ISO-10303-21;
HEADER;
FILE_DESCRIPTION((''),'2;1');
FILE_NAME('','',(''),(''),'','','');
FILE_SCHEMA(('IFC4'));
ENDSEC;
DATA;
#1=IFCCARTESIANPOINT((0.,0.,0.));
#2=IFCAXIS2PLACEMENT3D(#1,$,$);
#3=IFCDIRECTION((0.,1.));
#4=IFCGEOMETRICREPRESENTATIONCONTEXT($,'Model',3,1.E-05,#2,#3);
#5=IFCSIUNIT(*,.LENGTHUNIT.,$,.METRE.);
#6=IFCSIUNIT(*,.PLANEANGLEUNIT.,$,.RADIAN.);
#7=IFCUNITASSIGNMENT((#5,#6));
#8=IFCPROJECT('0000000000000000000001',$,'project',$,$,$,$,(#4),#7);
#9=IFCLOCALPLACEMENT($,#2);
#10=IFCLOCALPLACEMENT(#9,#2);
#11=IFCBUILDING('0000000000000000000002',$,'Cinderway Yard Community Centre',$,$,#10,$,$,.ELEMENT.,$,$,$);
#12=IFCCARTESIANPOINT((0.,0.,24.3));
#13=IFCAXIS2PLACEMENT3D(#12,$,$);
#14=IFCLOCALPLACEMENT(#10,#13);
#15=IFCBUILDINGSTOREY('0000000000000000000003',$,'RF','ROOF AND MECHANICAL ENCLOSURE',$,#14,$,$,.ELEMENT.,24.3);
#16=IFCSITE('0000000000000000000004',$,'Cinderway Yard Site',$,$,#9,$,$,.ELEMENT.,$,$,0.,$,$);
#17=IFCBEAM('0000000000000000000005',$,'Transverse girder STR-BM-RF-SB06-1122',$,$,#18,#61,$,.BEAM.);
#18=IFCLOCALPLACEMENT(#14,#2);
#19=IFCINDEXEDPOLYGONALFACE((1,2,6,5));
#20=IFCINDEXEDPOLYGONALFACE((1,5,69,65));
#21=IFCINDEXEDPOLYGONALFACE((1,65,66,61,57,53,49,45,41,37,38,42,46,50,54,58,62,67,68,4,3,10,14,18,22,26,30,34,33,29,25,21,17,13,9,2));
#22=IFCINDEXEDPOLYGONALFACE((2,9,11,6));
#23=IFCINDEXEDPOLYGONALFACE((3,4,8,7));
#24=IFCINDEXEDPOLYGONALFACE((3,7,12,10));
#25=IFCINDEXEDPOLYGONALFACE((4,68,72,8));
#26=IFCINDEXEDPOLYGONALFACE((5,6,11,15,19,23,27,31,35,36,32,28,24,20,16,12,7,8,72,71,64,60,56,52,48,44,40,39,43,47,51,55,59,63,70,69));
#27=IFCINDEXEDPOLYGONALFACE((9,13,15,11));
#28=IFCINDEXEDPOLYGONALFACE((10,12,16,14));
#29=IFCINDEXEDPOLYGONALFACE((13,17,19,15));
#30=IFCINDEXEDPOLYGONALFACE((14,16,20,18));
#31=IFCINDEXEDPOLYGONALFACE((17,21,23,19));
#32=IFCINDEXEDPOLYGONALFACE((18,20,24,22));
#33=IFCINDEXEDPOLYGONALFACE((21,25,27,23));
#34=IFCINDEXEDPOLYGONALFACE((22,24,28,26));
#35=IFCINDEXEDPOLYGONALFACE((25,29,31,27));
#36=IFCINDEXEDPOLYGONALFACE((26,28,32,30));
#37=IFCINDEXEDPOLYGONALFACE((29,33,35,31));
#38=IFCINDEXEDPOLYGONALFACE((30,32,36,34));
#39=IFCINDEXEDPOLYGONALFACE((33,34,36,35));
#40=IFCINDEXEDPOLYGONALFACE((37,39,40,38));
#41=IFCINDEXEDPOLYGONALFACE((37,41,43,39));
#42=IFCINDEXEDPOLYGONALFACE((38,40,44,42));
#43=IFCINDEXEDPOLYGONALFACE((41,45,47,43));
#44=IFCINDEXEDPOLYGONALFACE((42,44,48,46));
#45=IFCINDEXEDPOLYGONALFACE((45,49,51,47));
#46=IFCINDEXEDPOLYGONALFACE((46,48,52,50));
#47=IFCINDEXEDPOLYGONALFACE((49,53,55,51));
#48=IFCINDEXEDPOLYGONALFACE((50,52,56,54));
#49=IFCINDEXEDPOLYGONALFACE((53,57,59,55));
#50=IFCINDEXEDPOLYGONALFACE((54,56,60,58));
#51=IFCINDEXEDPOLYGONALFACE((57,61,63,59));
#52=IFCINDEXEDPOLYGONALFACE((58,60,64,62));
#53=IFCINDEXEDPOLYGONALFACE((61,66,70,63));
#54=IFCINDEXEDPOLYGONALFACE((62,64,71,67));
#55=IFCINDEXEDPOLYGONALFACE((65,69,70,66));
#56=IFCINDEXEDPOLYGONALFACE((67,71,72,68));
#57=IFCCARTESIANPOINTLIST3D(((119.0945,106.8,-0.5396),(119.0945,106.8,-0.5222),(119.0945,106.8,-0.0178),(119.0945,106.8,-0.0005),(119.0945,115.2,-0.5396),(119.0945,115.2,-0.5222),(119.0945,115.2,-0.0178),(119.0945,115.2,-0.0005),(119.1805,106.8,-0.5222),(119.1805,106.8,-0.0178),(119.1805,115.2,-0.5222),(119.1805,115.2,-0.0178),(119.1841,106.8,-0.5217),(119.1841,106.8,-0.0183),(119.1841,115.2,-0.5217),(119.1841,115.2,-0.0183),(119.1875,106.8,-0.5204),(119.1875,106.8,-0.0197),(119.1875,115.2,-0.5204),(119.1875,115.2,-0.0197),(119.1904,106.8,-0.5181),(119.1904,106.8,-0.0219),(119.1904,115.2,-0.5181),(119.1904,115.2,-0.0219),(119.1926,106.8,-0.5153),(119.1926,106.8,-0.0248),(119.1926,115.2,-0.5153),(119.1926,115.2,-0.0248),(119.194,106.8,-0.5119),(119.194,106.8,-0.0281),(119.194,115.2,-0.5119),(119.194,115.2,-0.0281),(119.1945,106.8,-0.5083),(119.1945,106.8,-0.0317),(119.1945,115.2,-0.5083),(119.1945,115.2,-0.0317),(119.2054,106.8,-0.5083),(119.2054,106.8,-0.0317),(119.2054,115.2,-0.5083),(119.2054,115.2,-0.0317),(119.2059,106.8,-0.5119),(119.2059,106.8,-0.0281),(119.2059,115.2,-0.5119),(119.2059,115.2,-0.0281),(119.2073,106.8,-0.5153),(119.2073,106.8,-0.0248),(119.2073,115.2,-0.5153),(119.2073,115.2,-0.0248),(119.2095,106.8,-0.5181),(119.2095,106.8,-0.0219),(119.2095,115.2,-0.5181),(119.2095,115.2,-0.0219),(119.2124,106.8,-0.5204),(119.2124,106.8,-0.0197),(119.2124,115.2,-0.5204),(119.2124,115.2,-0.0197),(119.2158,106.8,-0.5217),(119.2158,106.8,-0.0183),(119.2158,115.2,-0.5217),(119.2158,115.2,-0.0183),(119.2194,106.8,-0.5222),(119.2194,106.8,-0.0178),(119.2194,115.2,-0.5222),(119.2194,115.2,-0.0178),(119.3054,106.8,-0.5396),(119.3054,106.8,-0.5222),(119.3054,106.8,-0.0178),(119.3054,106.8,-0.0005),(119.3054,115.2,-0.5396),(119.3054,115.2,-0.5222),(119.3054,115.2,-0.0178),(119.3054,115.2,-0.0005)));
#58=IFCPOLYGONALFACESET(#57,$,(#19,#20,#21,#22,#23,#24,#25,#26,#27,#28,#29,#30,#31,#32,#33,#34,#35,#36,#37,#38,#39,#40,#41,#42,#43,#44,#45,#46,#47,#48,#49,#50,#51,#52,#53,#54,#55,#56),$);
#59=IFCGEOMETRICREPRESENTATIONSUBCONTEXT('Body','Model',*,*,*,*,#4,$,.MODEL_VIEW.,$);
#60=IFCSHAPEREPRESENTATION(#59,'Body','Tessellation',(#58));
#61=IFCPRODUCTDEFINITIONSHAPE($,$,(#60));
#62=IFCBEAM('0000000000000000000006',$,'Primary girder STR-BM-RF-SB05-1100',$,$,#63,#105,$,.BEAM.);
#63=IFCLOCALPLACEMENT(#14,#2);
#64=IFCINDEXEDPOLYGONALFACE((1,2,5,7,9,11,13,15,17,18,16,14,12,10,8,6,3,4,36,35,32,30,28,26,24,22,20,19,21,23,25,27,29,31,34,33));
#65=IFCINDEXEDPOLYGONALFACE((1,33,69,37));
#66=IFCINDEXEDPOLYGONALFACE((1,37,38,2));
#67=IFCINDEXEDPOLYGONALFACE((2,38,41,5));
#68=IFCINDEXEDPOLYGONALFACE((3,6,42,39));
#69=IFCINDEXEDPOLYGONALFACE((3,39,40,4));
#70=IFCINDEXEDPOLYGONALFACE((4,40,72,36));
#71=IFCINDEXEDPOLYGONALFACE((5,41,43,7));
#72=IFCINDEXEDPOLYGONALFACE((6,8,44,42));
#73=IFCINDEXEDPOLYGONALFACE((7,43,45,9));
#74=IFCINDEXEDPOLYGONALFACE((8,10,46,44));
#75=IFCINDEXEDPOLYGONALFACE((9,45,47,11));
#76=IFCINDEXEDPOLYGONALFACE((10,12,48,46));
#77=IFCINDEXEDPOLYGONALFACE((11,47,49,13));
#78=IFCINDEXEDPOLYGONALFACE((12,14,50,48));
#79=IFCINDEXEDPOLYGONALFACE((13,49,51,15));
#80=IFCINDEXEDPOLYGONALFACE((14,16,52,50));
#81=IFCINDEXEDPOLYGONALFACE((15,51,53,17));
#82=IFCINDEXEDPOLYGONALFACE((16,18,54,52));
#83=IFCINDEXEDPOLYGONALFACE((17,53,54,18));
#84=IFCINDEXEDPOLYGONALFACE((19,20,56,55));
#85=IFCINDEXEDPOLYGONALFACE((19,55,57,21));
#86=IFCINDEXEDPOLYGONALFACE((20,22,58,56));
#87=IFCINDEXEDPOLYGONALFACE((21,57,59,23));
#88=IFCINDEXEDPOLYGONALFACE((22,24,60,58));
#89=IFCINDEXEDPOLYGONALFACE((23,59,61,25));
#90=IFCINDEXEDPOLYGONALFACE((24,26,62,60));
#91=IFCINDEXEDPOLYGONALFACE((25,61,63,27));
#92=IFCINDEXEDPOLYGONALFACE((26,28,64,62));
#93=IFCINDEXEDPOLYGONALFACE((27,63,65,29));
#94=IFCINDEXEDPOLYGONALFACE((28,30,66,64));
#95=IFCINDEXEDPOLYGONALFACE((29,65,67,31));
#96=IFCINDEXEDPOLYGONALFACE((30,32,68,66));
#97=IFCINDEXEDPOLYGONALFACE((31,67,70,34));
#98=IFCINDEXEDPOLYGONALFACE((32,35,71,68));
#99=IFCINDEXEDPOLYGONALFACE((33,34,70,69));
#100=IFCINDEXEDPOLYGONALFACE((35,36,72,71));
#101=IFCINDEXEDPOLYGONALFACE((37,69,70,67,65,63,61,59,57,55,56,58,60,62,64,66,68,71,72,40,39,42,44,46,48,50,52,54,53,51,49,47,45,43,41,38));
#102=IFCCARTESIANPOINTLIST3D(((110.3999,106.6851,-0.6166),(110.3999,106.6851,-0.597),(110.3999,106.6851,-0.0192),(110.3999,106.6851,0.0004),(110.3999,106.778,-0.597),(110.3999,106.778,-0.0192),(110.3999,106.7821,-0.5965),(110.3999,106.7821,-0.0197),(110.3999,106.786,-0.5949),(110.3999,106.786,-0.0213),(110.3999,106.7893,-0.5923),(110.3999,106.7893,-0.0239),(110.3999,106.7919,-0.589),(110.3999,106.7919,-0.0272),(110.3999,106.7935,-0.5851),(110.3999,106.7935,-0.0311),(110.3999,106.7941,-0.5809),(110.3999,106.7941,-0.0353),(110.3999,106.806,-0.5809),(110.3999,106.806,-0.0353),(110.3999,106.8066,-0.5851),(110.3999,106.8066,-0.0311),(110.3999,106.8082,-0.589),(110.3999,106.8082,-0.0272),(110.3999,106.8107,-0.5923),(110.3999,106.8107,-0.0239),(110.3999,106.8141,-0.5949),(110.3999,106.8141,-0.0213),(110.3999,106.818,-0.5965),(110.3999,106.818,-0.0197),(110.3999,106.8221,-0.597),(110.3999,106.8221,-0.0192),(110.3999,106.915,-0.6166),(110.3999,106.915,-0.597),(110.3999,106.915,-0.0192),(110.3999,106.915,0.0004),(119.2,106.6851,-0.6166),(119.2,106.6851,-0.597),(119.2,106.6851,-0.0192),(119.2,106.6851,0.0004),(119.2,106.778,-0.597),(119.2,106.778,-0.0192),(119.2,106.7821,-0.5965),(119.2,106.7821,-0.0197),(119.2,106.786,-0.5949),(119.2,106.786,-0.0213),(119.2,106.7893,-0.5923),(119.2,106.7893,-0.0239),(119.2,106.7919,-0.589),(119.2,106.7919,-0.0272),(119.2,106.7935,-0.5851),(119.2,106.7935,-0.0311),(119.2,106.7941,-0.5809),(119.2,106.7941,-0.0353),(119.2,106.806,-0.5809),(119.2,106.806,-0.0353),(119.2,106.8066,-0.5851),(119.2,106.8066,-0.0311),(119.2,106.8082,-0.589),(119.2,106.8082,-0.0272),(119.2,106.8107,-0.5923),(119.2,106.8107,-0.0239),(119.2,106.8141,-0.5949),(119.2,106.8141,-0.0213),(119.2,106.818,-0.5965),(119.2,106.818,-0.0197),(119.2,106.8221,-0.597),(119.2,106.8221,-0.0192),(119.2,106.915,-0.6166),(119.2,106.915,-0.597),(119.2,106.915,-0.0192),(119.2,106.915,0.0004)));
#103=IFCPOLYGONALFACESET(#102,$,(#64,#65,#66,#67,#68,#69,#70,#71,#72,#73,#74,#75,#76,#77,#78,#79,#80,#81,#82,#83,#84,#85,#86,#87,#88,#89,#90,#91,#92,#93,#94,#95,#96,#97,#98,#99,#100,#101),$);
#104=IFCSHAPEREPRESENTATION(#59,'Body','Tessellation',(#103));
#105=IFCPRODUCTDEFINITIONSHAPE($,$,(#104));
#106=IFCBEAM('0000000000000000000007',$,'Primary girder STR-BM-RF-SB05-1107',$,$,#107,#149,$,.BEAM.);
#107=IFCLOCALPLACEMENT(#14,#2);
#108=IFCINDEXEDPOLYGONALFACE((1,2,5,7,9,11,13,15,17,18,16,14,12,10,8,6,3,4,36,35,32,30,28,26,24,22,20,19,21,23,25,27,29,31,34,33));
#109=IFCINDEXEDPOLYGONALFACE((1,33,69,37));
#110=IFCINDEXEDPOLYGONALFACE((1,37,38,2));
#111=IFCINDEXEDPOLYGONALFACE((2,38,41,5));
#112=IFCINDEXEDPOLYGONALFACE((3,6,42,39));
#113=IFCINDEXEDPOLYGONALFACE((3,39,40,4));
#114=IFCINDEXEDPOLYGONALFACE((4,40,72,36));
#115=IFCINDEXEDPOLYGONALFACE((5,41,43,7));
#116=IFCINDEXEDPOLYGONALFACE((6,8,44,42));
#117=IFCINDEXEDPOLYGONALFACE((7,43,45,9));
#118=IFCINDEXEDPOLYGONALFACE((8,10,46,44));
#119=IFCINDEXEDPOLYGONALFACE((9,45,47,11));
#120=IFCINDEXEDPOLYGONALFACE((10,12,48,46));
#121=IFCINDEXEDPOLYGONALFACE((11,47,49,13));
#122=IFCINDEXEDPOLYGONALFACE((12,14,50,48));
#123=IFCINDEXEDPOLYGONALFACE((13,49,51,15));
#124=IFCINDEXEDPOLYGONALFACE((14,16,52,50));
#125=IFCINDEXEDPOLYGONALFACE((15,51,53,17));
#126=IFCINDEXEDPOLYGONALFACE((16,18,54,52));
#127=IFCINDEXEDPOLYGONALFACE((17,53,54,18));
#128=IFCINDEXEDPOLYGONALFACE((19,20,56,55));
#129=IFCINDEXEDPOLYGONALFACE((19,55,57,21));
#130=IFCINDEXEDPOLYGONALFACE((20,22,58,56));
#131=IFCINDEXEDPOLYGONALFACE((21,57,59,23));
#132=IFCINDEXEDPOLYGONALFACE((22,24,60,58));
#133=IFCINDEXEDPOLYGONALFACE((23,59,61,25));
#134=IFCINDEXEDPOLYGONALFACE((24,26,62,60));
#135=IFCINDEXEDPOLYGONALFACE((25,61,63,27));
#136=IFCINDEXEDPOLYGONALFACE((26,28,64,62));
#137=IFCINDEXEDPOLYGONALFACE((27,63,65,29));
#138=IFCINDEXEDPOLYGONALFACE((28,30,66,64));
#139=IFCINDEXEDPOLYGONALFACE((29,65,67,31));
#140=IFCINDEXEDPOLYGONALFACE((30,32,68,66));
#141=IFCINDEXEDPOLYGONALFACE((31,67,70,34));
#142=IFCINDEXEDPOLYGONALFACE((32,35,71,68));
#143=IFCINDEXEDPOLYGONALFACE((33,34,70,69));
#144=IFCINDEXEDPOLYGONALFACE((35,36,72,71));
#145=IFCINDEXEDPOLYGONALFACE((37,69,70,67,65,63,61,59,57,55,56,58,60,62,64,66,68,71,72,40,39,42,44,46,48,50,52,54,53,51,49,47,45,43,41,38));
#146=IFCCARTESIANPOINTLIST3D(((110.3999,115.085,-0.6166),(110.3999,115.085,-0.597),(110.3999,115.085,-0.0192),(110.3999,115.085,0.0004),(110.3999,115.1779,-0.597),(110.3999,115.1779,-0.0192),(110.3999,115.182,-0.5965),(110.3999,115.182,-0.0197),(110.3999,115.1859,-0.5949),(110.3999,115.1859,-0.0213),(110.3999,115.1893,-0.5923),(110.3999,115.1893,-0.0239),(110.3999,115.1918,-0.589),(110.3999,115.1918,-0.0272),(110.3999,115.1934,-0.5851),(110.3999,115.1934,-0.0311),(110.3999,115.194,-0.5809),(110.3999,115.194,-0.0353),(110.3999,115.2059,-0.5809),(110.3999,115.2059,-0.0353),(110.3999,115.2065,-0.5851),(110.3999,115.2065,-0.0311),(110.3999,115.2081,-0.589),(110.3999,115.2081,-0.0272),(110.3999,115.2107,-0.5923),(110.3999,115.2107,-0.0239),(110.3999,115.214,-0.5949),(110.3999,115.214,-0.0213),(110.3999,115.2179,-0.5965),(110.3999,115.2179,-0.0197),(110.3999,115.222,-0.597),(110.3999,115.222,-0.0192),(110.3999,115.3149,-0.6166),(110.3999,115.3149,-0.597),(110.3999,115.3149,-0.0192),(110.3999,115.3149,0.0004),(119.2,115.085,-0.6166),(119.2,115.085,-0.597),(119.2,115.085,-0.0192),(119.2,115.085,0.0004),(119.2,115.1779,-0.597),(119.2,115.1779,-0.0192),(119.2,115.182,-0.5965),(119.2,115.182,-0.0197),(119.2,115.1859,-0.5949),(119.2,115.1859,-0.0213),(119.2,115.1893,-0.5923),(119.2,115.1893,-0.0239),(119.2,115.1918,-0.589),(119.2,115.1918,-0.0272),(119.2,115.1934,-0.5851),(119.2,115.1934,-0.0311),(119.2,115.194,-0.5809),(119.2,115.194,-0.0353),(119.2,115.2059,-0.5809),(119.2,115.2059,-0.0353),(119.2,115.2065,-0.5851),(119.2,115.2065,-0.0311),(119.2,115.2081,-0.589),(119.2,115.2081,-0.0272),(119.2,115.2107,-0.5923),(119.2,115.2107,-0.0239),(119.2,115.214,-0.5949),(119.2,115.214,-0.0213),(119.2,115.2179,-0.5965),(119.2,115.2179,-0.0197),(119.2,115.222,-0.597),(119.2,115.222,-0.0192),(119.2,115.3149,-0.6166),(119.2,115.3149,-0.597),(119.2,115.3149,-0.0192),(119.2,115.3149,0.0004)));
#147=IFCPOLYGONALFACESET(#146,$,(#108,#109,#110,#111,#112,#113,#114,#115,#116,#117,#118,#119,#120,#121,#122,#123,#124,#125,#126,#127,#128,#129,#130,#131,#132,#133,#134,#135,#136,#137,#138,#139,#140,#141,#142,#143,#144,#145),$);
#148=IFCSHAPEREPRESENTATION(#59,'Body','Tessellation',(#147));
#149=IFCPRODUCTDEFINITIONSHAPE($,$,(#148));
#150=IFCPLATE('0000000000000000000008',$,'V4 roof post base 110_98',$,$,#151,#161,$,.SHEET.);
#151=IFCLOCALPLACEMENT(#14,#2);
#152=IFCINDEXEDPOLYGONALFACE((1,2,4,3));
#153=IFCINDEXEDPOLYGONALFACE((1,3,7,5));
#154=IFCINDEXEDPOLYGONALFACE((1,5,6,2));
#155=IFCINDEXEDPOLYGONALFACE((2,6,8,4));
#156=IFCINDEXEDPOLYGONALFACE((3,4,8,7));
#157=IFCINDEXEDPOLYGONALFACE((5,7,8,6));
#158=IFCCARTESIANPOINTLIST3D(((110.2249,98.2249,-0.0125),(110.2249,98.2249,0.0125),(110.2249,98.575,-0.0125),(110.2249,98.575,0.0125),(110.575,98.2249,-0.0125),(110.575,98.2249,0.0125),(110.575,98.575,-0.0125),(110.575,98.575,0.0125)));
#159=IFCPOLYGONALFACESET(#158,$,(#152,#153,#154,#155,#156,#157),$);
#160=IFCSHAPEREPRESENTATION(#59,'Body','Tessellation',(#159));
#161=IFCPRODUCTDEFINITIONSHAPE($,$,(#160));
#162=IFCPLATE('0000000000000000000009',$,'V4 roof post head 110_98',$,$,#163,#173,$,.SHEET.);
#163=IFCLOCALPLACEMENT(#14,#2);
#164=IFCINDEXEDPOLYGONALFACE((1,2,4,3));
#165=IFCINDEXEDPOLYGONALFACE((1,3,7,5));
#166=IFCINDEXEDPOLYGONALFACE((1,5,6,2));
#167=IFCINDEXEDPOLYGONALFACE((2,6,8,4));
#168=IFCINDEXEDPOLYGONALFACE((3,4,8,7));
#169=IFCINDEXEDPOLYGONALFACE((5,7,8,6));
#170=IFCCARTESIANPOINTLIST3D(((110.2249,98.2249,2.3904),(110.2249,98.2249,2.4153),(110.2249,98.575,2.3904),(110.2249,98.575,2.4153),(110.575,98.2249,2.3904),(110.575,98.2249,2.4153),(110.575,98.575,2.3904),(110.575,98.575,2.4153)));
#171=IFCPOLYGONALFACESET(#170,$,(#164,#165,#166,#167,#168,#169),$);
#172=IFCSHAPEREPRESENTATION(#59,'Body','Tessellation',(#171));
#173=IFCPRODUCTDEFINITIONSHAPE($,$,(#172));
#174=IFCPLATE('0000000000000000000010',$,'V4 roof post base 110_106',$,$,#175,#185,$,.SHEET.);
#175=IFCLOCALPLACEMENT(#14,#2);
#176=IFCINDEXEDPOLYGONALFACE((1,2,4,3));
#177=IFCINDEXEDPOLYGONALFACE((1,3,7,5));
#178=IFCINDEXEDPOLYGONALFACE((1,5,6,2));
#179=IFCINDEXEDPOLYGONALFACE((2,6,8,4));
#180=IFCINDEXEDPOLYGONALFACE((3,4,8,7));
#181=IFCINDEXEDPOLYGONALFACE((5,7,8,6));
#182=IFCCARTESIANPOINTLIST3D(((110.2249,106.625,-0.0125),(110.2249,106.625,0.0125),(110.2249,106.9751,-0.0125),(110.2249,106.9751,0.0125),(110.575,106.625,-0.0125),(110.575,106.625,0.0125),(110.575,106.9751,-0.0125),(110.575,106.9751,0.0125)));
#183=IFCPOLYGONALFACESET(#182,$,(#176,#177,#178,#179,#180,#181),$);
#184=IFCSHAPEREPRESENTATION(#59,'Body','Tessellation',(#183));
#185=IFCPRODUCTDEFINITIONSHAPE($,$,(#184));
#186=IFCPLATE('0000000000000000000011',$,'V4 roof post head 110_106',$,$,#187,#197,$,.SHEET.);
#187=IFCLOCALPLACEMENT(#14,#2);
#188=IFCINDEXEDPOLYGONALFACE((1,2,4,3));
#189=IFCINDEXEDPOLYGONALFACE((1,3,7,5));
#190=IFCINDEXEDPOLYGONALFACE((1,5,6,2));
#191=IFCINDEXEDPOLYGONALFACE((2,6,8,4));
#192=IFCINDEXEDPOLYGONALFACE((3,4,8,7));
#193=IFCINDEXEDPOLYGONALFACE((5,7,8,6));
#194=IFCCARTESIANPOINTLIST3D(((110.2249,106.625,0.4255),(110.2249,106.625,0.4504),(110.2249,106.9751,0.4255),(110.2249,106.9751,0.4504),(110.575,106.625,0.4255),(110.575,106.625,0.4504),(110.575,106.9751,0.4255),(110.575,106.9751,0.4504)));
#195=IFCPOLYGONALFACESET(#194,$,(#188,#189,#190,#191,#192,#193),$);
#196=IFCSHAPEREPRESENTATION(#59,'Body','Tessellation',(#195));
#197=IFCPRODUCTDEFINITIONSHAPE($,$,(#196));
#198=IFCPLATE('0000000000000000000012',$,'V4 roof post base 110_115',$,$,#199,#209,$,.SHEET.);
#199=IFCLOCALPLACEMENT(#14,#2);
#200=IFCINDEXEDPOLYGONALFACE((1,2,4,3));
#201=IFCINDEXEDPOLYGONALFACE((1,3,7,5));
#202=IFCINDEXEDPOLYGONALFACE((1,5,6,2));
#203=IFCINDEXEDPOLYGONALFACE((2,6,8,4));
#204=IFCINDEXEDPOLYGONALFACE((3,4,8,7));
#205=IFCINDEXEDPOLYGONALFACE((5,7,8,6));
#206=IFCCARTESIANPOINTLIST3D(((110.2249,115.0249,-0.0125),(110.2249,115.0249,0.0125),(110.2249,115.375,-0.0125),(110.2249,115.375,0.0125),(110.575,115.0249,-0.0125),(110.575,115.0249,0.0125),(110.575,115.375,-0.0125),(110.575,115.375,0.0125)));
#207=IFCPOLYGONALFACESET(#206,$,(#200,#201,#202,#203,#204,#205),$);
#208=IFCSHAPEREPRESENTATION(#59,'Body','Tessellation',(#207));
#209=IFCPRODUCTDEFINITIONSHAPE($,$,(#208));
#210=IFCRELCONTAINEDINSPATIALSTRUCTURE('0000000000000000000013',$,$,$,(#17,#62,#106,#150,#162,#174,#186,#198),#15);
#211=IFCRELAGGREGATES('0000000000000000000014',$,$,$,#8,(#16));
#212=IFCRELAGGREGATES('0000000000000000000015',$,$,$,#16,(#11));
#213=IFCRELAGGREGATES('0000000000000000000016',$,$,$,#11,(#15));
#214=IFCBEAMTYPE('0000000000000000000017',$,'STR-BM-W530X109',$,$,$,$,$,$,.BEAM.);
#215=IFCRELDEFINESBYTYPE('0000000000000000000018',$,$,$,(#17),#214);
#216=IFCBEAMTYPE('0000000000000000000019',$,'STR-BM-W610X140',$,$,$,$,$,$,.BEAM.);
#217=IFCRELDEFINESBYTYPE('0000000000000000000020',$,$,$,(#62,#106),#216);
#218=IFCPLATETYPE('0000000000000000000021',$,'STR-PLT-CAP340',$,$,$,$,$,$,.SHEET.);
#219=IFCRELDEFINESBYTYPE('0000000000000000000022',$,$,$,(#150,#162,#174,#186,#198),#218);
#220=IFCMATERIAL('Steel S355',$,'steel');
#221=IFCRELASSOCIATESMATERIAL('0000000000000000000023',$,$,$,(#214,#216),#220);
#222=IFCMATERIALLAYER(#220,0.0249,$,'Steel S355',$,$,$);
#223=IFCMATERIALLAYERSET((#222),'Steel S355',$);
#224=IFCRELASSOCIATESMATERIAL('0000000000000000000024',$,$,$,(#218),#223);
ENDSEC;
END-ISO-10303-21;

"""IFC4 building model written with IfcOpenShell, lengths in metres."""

from ifc_helpers import new_model, si_unit, direction, frame, origin, origin_2d, place, context, subcontext, project, spatial, rectangle, i_section, extrude, material, layer, layer_set, material_profile, profile_set, type_object, element, save


model = new_model("IFC4")

# Units and contexts
model_context = context("Model", 3, precision=1e-05, world=origin(), true_north=direction((0.0, 1.0)))
body_context = subcontext(model_context, "Body", "Model", "MODEL_VIEW")
ifc_project = project(units=[si_unit("LENGTHUNIT", "METRE"), si_unit("PLANEANGLEUNIT", "RADIAN")], contexts=[model_context])

# Site, building, storey
site_placement = place(None, origin())
site = spatial("IfcSite", under=ifc_project, at=site_placement, Name="Cinderway Yard Site", CompositionType="ELEMENT", RefElevation=0.0)
building_placement = place(site_placement, origin())
building = spatial("IfcBuilding", under=site, at=building_placement, Name="Cinderway Yard Community Centre", CompositionType="ELEMENT")
storey_placement = place(building_placement, frame((0.0, 0.0, 24.3)))
storey = spatial("IfcBuildingStorey", under=building, at=storey_placement, Name="RF", Description="ROOF AND MECHANICAL ENCLOSURE", CompositionType="ELEMENT", Elevation=24.3)

# Shared definitions
ifc_material = material(Name="Steel S355", Category="steel")

# Beams
ifc_material_profile_1 = material_profile(ifc_material, i_section(OverallWidth=0.2109, OverallDepth=0.5391, WebThickness=0.011, FlangeThickness=0.0173, FilletRadius=0.0139, at=origin_2d()), Name="Steel S355")
ifc_profile_set_1 = profile_set([ifc_material_profile_1], Name="Steel S355")
beam_type_1 = type_object("IfcBeamType", Name="STR-BM-W530X109", PredefinedType="BEAM", material=ifc_profile_set_1)
beam_1_placement = place(storey_placement, frame((119.2, 106.8, -0.27), z_axis=(0.0, 1.0, 0.0), x_axis=(-1.0, 0.0, 0.0)))
element("IfcBeam", 1, at=beam_1_placement, inside=storey, type_object=beam_type_1, Name="Transverse girder STR-BM-RF-SB06-1122", PredefinedType="BEAM", context=body_context, shape_type="SweptSolid", body=[
    extrude(i_section(OverallWidth=0.2109, OverallDepth=0.5391, WebThickness=0.011, FlangeThickness=0.0173, FilletRadius=0.0139, at=origin_2d()), origin(), (0.0, 0.0, 1.0), 8.3999),
])
ifc_material_profile_2 = material_profile(ifc_material, i_section(OverallWidth=0.23, OverallDepth=0.6169, WebThickness=0.012, FlangeThickness=0.0195, FilletRadius=0.0161, at=origin_2d()), Name="Steel S355")
ifc_profile_set_2 = profile_set([ifc_material_profile_2], Name="Steel S355")
beam_type_2 = type_object("IfcBeamType", Name="STR-BM-W610X140", PredefinedType="BEAM", material=ifc_profile_set_2)
for number, where, z_axis, x_axis, name in (
    (2, (110.3999, 106.8, -0.3081), (1.0, 0.0, 0.0), (0.0, 1.0, 0.0), "Primary girder STR-BM-RF-SB05-1100"),
    (3, (110.3999, 115.2, -0.3081), (1.0, 0.0, 0.0), (0.0, 1.0, 0.0), "Primary girder STR-BM-RF-SB05-1107"),
):
    element("IfcBeam", number, at=place(storey_placement, frame(where, z_axis=z_axis, x_axis=x_axis)), inside=storey, type_object=beam_type_2, Name=name, PredefinedType="BEAM", context=body_context, shape_type="SweptSolid", body=[
        extrude(i_section(OverallWidth=0.23, OverallDepth=0.6169, WebThickness=0.012, FlangeThickness=0.0195, FilletRadius=0.0161, at=origin_2d()), origin(), (0.0, 0.0, 1.0), 8.8),
    ])

# Plates
ifc_layer_1 = layer(ifc_material, 0.0249, Name="Steel S355")
ifc_layer_set_1 = layer_set([ifc_layer_1], Name="Steel S355")
plate_type_1 = type_object("IfcPlateType", Name="STR-PLT-CAP340", PredefinedType="SHEET", material=ifc_layer_set_1)
for number, where, z_axis, x_axis, name in (
    (4, (110.3999, 98.3999, -0.0125), (0.0, 0.0, 1.0), (1.0, 0.0, 0.0), "V4 roof post base 110_98"),
    (5, (110.3999, 98.3999, 2.3904), (0.0, 0.0, 1.0), (1.0, 0.0, 0.0), "V4 roof post head 110_98"),
    (6, (110.3999, 106.8, -0.0125), (0.0, 0.0, 1.0), (1.0, 0.0, 0.0), "V4 roof post base 110_106"),
    (7, (110.3999, 106.8, 0.4255), (0.0, 0.0, 1.0), (1.0, 0.0, 0.0), "V4 roof post head 110_106"),
    (8, (110.3999, 115.2, -0.0125), (0.0, 0.0, 1.0), (1.0, 0.0, 0.0), "V4 roof post base 110_115"),
):
    element("IfcPlate", number, at=place(storey_placement, frame(where, z_axis=z_axis, x_axis=x_axis)), inside=storey, type_object=plate_type_1, Name=name, PredefinedType="SHEET", context=body_context, shape_type="SweptSolid", body=[
        extrude(rectangle(XDim=0.3501, YDim=0.3501, at=origin_2d()), origin(), (0.0, 0.0, 1.0), 0.0249),
    ])

save(model, "model.ifc")
